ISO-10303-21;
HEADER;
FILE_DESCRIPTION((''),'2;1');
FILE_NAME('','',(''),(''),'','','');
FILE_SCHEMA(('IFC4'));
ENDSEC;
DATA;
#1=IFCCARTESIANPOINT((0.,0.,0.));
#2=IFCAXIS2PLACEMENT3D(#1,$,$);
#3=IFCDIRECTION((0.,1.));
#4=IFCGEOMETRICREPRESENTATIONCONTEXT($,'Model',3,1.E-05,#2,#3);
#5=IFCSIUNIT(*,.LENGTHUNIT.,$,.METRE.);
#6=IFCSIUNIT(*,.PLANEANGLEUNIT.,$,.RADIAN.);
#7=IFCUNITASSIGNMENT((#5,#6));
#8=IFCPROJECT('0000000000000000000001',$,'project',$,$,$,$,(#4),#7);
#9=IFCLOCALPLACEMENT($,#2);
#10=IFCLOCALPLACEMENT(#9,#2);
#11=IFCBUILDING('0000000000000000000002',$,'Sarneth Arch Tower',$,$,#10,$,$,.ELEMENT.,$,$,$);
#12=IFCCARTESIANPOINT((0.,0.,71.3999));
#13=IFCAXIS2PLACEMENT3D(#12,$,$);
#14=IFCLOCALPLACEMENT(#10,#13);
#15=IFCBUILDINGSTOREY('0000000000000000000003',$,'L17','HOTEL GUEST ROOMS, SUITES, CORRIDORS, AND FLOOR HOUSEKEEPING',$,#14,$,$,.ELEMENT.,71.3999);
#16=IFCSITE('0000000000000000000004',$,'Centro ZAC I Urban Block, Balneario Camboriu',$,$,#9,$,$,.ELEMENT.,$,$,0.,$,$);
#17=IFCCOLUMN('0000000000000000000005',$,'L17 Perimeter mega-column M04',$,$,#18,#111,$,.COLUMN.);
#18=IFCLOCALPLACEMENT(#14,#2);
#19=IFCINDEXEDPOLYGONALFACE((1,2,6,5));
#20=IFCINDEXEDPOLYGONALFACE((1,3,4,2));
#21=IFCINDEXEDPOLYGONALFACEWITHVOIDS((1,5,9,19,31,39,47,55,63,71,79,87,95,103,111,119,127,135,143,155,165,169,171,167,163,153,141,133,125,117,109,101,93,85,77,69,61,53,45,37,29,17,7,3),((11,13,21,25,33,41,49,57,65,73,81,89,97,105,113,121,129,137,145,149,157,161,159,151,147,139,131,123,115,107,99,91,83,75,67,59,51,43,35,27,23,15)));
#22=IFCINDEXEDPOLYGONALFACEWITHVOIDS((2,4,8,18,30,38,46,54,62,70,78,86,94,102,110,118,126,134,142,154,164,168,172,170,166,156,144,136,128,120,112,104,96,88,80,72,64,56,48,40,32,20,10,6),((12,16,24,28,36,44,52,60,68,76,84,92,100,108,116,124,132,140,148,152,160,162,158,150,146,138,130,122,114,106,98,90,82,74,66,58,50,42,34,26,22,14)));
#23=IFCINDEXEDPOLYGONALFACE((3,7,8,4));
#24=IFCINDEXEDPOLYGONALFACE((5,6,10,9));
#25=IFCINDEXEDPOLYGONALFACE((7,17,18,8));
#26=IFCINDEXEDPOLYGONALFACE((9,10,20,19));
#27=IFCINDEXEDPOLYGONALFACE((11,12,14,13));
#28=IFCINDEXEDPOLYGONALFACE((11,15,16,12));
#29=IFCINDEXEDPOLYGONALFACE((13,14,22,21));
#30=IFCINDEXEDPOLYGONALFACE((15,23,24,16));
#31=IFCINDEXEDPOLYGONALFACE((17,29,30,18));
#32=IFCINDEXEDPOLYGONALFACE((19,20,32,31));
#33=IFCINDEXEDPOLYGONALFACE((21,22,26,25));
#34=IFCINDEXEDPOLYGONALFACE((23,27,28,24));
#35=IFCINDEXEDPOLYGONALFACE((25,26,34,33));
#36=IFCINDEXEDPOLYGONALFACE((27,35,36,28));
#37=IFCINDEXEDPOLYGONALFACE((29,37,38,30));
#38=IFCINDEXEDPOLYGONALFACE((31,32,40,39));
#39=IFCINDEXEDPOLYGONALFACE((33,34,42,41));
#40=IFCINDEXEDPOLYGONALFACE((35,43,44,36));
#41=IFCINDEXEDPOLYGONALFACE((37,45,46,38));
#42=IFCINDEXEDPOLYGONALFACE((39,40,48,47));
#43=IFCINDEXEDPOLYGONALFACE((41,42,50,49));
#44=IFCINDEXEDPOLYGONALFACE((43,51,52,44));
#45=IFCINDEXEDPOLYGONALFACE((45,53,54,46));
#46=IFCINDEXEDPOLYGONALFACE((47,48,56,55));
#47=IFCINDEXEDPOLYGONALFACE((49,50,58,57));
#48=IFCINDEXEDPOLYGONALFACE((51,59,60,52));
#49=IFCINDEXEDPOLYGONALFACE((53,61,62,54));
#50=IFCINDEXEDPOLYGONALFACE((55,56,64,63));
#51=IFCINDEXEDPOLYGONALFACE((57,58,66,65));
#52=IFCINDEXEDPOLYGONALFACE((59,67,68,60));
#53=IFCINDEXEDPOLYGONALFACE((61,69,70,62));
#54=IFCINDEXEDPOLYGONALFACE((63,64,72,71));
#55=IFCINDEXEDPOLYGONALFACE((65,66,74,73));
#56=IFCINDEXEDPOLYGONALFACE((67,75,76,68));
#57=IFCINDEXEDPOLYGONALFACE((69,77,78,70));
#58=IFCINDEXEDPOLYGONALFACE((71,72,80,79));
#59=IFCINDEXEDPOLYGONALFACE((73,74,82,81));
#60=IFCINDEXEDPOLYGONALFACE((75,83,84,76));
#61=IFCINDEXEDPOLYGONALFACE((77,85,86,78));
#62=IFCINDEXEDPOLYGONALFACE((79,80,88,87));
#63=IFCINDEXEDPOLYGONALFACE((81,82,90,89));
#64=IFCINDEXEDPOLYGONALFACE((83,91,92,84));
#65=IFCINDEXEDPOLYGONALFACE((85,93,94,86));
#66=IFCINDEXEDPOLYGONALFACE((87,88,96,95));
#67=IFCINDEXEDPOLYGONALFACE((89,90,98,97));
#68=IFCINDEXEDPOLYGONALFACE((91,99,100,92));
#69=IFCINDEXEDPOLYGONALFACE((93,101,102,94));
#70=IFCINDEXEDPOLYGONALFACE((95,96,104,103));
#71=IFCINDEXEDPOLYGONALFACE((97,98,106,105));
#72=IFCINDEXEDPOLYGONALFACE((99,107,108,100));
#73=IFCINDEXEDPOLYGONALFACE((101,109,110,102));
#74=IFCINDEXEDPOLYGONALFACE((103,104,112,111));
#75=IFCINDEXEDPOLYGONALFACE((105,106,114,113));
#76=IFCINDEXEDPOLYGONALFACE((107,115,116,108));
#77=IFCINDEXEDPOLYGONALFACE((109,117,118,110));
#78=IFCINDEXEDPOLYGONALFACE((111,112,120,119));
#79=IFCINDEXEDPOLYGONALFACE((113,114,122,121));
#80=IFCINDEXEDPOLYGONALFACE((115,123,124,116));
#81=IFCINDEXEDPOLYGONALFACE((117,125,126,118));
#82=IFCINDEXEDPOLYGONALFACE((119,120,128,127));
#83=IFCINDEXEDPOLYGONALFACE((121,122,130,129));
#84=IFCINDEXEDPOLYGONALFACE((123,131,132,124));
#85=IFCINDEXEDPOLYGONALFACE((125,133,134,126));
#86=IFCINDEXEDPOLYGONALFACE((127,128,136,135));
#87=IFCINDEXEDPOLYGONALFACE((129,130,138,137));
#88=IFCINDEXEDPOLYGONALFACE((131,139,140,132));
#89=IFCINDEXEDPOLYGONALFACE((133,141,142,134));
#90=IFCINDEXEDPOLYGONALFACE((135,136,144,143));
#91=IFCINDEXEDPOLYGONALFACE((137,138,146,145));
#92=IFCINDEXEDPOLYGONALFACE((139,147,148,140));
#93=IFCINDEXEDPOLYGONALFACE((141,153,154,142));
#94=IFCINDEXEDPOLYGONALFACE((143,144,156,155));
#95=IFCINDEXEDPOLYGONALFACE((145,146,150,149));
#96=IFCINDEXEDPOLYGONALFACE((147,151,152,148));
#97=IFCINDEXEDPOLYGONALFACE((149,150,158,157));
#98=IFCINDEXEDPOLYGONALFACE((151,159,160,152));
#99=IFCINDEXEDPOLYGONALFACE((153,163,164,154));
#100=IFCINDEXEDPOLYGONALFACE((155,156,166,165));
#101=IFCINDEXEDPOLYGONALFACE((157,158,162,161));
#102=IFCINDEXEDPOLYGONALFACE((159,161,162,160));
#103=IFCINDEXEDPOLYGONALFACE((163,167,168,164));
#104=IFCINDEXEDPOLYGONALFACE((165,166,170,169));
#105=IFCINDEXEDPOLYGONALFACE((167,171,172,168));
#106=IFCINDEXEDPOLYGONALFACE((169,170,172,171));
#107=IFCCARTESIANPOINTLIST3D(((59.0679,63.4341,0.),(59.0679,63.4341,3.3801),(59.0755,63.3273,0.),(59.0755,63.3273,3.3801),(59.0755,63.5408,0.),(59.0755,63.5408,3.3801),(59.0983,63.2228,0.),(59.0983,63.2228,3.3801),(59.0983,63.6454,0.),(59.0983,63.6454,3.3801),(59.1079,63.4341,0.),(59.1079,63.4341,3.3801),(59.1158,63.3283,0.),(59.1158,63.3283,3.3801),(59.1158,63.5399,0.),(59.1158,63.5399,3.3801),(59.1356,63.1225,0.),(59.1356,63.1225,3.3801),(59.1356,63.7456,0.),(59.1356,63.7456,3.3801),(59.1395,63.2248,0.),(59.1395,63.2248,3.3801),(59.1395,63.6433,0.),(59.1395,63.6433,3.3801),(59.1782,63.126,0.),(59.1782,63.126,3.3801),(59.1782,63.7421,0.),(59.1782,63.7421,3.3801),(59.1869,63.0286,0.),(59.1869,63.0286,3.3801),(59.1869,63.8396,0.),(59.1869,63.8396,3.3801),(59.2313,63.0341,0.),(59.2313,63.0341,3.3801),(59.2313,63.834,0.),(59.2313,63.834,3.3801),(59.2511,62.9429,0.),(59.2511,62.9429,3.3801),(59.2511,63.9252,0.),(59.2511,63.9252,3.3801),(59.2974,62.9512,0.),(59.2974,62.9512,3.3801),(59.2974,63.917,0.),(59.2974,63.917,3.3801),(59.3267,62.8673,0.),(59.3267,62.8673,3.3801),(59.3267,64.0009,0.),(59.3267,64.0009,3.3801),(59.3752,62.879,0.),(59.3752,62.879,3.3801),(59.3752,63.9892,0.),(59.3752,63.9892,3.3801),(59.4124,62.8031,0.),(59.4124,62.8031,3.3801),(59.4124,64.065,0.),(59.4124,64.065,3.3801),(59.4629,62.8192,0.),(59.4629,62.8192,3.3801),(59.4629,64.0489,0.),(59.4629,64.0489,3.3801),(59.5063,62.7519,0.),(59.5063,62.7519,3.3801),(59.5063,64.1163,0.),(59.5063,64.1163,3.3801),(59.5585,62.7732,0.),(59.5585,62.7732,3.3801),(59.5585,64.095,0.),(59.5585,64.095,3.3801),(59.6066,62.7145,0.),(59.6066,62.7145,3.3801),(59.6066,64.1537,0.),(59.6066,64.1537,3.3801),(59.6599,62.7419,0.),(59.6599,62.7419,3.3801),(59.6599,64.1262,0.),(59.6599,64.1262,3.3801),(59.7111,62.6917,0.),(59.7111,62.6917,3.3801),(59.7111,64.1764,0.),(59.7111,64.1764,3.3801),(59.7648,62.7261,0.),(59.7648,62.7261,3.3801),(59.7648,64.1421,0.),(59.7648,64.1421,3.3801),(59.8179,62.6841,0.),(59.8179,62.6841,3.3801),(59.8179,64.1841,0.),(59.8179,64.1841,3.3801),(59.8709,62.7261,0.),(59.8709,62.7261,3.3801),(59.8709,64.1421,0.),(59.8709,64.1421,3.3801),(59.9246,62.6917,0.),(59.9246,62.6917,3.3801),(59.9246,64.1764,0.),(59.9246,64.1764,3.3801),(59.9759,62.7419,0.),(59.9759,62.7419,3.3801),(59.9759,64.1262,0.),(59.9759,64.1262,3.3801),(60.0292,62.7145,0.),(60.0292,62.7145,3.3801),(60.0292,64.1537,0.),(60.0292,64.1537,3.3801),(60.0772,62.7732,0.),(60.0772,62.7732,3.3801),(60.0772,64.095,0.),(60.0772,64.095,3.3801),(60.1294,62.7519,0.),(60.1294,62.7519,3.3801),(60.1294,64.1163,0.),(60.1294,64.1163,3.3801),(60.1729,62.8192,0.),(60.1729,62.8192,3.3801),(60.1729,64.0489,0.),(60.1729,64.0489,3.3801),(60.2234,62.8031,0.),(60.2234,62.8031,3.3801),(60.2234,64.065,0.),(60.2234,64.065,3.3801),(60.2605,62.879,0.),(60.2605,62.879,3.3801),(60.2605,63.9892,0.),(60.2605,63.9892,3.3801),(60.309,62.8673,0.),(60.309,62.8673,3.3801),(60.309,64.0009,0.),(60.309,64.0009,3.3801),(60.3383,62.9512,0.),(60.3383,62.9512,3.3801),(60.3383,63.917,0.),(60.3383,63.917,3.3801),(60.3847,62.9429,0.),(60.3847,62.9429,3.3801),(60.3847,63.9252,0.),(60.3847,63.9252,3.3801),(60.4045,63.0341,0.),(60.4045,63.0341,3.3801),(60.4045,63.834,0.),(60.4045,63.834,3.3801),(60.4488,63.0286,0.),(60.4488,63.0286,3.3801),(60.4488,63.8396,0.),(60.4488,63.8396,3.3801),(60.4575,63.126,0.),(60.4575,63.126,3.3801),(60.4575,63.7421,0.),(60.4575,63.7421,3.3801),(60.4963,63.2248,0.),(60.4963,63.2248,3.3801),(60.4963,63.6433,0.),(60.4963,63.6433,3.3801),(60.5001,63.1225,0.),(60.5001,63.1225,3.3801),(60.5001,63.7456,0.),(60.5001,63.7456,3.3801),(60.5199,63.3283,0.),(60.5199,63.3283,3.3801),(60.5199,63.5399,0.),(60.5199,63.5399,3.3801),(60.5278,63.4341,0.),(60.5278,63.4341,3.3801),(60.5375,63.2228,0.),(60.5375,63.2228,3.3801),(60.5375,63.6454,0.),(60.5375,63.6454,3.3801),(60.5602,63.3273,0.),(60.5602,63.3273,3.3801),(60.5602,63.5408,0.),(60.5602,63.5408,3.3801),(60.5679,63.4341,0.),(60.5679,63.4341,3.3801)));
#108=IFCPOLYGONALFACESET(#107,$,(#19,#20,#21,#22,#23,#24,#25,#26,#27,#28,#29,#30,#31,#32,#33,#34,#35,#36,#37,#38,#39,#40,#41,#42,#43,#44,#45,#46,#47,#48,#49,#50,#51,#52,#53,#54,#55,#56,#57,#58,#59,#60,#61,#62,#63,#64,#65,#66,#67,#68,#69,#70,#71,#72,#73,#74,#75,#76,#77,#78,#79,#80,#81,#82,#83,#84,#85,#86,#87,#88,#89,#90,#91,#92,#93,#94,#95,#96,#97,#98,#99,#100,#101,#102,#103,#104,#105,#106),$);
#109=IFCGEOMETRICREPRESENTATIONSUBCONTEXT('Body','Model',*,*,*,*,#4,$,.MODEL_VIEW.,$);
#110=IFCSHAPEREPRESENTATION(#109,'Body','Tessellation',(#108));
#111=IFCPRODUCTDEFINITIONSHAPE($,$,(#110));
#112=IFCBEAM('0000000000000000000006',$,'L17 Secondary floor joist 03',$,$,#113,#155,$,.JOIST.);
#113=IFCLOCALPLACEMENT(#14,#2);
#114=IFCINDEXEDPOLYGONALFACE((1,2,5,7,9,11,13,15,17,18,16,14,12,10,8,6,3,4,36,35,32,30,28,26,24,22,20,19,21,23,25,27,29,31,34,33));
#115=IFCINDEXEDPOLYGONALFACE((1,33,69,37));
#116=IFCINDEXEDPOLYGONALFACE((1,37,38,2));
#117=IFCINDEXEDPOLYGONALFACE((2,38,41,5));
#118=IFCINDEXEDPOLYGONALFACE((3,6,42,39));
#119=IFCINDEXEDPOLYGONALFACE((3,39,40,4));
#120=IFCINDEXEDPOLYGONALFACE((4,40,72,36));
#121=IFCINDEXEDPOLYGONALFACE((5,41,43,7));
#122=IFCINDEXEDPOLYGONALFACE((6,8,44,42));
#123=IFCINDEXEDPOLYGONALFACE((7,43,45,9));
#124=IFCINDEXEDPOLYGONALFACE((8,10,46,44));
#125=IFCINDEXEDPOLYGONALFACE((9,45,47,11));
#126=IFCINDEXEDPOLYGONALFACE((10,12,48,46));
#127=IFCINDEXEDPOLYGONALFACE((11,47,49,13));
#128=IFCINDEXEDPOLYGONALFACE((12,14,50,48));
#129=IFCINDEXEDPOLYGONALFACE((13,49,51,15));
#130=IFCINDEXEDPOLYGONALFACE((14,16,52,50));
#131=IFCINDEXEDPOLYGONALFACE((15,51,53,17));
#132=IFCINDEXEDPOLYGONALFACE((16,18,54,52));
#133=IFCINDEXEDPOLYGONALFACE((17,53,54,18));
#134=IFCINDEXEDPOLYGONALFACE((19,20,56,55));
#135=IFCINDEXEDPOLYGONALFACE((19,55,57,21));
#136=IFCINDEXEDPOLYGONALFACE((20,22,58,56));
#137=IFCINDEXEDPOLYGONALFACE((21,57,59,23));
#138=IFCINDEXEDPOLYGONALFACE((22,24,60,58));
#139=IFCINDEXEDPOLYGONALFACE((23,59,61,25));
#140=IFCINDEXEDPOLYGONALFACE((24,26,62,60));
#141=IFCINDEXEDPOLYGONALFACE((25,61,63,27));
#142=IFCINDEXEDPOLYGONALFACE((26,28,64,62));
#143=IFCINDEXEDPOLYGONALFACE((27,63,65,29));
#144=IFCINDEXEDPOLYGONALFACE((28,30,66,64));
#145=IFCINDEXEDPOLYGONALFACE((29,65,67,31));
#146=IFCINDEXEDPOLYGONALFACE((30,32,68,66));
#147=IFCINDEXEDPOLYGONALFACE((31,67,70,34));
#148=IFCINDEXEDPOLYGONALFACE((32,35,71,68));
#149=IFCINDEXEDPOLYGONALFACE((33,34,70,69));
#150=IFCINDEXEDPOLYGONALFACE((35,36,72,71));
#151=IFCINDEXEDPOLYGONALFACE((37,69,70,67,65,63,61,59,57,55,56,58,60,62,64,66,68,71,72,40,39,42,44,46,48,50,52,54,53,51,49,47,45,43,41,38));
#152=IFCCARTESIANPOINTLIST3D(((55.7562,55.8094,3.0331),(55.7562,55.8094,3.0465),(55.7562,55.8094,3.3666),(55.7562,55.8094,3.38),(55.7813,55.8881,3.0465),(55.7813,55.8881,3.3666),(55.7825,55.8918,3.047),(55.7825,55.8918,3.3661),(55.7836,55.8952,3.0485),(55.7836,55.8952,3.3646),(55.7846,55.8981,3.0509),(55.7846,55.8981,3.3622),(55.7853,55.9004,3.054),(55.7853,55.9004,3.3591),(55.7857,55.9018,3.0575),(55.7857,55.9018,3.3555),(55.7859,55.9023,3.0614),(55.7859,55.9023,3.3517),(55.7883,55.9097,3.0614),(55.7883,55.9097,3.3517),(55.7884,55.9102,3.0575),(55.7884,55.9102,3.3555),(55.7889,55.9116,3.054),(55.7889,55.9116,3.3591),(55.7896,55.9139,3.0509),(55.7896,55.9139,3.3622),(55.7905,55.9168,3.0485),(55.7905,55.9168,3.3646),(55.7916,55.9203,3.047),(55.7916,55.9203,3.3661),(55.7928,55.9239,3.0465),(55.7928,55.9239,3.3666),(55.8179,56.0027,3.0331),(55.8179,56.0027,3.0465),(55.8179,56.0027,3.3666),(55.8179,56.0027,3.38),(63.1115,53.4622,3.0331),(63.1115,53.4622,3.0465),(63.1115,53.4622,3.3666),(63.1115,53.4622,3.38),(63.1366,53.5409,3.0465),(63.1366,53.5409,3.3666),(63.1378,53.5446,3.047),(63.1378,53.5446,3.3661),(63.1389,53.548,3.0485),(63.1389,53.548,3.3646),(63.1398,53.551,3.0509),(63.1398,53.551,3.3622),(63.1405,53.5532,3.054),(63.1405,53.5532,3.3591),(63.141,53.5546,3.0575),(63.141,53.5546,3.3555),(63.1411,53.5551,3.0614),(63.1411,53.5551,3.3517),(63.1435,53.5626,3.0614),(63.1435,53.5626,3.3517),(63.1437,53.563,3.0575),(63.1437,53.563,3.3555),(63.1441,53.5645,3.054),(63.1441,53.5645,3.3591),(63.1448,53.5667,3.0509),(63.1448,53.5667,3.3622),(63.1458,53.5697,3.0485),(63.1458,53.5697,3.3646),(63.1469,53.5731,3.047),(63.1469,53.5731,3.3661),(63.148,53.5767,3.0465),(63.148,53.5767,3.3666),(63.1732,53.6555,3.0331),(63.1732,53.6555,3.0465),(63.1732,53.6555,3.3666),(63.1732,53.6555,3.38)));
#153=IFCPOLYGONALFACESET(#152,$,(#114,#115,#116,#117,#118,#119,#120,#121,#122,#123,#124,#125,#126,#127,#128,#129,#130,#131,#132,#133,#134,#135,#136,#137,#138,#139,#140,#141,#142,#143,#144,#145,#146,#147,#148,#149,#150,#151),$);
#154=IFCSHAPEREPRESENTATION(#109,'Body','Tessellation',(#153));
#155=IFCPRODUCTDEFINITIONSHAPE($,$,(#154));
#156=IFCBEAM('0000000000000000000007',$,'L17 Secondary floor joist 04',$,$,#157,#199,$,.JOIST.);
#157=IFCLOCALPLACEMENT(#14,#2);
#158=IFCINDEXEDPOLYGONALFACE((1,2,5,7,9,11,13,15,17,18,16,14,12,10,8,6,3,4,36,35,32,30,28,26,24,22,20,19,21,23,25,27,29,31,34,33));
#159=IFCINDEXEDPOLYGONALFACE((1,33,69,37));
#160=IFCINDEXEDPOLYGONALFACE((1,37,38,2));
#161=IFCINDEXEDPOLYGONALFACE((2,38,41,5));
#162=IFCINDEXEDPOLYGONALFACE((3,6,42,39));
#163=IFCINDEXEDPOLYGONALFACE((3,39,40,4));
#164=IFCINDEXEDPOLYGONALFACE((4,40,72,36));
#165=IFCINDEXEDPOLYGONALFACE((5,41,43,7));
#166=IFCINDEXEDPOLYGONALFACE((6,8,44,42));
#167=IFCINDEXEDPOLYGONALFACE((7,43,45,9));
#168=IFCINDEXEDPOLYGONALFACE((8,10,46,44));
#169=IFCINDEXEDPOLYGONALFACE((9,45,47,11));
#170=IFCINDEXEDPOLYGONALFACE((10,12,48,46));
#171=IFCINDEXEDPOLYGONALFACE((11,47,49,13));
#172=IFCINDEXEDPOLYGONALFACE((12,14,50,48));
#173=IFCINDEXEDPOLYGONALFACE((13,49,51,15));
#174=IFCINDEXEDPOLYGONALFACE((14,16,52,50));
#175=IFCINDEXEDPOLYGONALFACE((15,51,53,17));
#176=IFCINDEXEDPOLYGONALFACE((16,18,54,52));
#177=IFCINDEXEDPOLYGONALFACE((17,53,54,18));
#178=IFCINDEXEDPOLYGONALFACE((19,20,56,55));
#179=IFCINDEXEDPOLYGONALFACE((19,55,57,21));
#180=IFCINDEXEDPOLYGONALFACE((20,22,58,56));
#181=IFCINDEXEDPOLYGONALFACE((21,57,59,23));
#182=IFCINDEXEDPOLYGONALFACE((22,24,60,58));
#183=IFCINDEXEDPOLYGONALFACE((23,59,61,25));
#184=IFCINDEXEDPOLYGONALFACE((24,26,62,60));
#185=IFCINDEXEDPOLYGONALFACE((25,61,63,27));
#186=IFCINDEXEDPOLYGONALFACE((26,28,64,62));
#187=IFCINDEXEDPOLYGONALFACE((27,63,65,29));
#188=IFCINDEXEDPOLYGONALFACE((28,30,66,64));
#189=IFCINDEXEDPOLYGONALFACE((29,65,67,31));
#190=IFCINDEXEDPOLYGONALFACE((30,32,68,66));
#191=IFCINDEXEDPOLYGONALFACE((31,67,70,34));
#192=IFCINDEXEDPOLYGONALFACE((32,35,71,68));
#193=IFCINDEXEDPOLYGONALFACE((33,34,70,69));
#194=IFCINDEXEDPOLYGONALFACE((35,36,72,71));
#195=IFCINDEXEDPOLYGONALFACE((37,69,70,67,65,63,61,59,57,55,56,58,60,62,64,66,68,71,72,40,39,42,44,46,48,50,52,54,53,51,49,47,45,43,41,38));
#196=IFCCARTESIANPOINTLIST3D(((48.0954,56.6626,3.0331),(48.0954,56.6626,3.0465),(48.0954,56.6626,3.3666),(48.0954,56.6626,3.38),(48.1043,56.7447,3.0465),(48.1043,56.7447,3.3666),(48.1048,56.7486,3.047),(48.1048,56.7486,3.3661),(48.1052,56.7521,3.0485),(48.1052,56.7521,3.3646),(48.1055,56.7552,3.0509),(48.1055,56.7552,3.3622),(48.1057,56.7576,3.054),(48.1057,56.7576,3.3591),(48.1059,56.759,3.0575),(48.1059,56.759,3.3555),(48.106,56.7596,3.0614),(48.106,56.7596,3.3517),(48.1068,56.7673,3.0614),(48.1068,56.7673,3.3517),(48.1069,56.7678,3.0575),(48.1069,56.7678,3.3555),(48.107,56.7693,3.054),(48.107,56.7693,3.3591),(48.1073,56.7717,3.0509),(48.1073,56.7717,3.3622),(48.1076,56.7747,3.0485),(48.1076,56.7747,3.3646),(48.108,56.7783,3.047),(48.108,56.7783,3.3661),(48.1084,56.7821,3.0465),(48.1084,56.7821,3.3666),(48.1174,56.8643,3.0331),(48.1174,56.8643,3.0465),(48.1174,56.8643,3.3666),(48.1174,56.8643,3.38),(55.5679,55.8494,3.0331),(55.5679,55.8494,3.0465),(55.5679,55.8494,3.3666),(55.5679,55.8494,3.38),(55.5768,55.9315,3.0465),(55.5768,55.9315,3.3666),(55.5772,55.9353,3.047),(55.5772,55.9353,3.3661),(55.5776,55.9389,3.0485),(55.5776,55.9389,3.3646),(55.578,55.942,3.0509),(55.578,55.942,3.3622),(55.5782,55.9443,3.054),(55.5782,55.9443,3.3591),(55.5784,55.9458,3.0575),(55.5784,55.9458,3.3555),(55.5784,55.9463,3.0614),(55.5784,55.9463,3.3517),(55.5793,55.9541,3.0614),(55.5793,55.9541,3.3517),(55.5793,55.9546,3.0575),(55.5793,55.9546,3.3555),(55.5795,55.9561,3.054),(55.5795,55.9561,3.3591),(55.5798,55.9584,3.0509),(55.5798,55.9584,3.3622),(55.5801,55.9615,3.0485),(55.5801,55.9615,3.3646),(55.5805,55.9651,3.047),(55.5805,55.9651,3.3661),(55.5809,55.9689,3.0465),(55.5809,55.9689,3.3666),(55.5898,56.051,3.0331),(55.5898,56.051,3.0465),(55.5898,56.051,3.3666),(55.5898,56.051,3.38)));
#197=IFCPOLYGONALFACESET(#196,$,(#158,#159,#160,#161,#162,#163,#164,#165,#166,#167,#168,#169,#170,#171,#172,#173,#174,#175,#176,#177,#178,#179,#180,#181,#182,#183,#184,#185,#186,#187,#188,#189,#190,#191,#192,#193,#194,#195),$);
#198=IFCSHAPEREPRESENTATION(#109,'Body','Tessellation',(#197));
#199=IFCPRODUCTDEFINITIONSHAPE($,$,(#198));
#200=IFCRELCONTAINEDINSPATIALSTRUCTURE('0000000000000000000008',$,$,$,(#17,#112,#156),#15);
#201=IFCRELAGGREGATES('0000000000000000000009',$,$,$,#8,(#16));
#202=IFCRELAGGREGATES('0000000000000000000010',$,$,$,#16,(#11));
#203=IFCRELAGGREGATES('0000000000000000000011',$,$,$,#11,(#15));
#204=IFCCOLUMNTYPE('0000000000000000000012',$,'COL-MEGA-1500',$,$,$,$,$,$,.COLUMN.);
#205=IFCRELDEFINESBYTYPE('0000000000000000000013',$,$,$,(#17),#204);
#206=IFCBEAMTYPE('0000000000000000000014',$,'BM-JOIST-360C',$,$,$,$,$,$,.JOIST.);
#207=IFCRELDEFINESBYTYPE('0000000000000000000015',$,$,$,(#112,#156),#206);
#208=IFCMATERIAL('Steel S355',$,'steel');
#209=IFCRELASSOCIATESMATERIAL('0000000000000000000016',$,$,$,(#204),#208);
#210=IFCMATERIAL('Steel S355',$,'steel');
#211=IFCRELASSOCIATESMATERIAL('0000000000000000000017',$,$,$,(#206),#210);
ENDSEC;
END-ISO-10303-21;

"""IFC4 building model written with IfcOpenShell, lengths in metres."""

from ifc_helpers import new_model, si_unit, direction, frame, origin, origin_2d, place, context, subcontext, project, spatial, hollow_circle, i_section, extrude, material, material_profile, profile_set, type_object, element, save


model = new_model("IFC4")

# Units and contexts
model_context = context("Model", 3, precision=1e-05, world=origin(), true_north=direction((0.0, 1.0)))
body_context = subcontext(model_context, "Body", "Model", "MODEL_VIEW")
ifc_project = project(units=[si_unit("LENGTHUNIT", "METRE"), si_unit("PLANEANGLEUNIT", "RADIAN")], contexts=[model_context])

# Site, building, storey
site_placement = place(None, origin())
site = spatial("IfcSite", under=ifc_project, at=site_placement, Name="Centro ZAC I Urban Block, Balneario Camboriu", CompositionType="ELEMENT", RefElevation=0.0)
building_placement = place(site_placement, origin())
building = spatial("IfcBuilding", under=site, at=building_placement, Name="Sarneth Arch Tower", CompositionType="ELEMENT")
storey_placement = place(building_placement, frame((0.0, 0.0, 71.3999)))
storey = spatial("IfcBuildingStorey", under=building, at=storey_placement, Name="L17", Description="HOTEL GUEST ROOMS, SUITES, CORRIDORS, AND FLOOR HOUSEKEEPING", CompositionType="ELEMENT", Elevation=71.3999)

# Column
ifc_material_1 = material(Name="Steel S355", Category="steel")
ifc_material_profile_1 = material_profile(ifc_material_1, hollow_circle(Radius=0.75, WallThickness=0.04, at=origin_2d()), Name="CHS1500x40")
ifc_profile_set_1 = profile_set([ifc_material_profile_1], Name="Steel S355")
column_type = type_object("IfcColumnType", Name="COL-MEGA-1500", PredefinedType="COLUMN", material=ifc_profile_set_1)
column_placement = place(storey_placement, frame((59.8179, 63.4341, 0.0), z_axis=(0.0, 0.0, 1.0), x_axis=(1.0, 0.0, 0.0)))
element("IfcColumn", 1, at=column_placement, inside=storey, type_object=column_type, Name="L17 Perimeter mega-column M04", PredefinedType="COLUMN", context=body_context, shape_type="SweptSolid", body=[
    extrude(hollow_circle(Radius=0.75, WallThickness=0.04, at=origin_2d()), origin(), (0.0, 0.0, 1.0), 3.3801),
])

# Beams
ifc_material_2 = material(Name="Steel S355", Category="steel")
ifc_material_profile_2 = material_profile(ifc_material_2, i_section(OverallWidth=0.2029, OverallDepth=0.3469, WebThickness=0.0078, FlangeThickness=0.0134, FilletRadius=0.0149, at=origin_2d()), Name="W360x64")
ifc_profile_set_2 = profile_set([ifc_material_profile_2], Name="Steel S355")
beam_type_1 = type_object("IfcBeamType", Name="BM-JOIST-360C", PredefinedType="JOIST", material=ifc_profile_set_2)
beam_1_placement = place(storey_placement, frame((63.1423, 53.5588, 3.2065), z_axis=(-0.952668, 0.304011, 0.0), x_axis=(-0.304011, -0.952668, 0.0)))
element("IfcBeam", 2, at=beam_1_placement, inside=storey, type_object=beam_type_1, Name="L17 Secondary floor joist 03", PredefinedType="JOIST", context=body_context, shape_type="SweptSolid", body=[
    extrude(i_section(OverallWidth=0.2029, OverallDepth=0.3469, WebThickness=0.0078, FlangeThickness=0.0134, FilletRadius=0.0149, at=origin_2d()), origin(), (0.0, 0.0, 1.0), 7.7207),
])
beam_2_placement = place(storey_placement, frame((55.5789, 55.9502, 3.2065), z_axis=(-0.99413, 0.108192, 0.0), x_axis=(-0.108192, -0.99413, 0.0)))
element("IfcBeam", 3, at=beam_2_placement, inside=storey, type_object=beam_type_1, Name="L17 Secondary floor joist 04", PredefinedType="JOIST", context=body_context, shape_type="SweptSolid", body=[
    extrude(i_section(OverallWidth=0.2029, OverallDepth=0.3469, WebThickness=0.0078, FlangeThickness=0.0134, FilletRadius=0.0149, at=origin_2d()), origin(), (0.0, 0.0, 1.0), 7.5166),
])

save(model, "model.ifc")
